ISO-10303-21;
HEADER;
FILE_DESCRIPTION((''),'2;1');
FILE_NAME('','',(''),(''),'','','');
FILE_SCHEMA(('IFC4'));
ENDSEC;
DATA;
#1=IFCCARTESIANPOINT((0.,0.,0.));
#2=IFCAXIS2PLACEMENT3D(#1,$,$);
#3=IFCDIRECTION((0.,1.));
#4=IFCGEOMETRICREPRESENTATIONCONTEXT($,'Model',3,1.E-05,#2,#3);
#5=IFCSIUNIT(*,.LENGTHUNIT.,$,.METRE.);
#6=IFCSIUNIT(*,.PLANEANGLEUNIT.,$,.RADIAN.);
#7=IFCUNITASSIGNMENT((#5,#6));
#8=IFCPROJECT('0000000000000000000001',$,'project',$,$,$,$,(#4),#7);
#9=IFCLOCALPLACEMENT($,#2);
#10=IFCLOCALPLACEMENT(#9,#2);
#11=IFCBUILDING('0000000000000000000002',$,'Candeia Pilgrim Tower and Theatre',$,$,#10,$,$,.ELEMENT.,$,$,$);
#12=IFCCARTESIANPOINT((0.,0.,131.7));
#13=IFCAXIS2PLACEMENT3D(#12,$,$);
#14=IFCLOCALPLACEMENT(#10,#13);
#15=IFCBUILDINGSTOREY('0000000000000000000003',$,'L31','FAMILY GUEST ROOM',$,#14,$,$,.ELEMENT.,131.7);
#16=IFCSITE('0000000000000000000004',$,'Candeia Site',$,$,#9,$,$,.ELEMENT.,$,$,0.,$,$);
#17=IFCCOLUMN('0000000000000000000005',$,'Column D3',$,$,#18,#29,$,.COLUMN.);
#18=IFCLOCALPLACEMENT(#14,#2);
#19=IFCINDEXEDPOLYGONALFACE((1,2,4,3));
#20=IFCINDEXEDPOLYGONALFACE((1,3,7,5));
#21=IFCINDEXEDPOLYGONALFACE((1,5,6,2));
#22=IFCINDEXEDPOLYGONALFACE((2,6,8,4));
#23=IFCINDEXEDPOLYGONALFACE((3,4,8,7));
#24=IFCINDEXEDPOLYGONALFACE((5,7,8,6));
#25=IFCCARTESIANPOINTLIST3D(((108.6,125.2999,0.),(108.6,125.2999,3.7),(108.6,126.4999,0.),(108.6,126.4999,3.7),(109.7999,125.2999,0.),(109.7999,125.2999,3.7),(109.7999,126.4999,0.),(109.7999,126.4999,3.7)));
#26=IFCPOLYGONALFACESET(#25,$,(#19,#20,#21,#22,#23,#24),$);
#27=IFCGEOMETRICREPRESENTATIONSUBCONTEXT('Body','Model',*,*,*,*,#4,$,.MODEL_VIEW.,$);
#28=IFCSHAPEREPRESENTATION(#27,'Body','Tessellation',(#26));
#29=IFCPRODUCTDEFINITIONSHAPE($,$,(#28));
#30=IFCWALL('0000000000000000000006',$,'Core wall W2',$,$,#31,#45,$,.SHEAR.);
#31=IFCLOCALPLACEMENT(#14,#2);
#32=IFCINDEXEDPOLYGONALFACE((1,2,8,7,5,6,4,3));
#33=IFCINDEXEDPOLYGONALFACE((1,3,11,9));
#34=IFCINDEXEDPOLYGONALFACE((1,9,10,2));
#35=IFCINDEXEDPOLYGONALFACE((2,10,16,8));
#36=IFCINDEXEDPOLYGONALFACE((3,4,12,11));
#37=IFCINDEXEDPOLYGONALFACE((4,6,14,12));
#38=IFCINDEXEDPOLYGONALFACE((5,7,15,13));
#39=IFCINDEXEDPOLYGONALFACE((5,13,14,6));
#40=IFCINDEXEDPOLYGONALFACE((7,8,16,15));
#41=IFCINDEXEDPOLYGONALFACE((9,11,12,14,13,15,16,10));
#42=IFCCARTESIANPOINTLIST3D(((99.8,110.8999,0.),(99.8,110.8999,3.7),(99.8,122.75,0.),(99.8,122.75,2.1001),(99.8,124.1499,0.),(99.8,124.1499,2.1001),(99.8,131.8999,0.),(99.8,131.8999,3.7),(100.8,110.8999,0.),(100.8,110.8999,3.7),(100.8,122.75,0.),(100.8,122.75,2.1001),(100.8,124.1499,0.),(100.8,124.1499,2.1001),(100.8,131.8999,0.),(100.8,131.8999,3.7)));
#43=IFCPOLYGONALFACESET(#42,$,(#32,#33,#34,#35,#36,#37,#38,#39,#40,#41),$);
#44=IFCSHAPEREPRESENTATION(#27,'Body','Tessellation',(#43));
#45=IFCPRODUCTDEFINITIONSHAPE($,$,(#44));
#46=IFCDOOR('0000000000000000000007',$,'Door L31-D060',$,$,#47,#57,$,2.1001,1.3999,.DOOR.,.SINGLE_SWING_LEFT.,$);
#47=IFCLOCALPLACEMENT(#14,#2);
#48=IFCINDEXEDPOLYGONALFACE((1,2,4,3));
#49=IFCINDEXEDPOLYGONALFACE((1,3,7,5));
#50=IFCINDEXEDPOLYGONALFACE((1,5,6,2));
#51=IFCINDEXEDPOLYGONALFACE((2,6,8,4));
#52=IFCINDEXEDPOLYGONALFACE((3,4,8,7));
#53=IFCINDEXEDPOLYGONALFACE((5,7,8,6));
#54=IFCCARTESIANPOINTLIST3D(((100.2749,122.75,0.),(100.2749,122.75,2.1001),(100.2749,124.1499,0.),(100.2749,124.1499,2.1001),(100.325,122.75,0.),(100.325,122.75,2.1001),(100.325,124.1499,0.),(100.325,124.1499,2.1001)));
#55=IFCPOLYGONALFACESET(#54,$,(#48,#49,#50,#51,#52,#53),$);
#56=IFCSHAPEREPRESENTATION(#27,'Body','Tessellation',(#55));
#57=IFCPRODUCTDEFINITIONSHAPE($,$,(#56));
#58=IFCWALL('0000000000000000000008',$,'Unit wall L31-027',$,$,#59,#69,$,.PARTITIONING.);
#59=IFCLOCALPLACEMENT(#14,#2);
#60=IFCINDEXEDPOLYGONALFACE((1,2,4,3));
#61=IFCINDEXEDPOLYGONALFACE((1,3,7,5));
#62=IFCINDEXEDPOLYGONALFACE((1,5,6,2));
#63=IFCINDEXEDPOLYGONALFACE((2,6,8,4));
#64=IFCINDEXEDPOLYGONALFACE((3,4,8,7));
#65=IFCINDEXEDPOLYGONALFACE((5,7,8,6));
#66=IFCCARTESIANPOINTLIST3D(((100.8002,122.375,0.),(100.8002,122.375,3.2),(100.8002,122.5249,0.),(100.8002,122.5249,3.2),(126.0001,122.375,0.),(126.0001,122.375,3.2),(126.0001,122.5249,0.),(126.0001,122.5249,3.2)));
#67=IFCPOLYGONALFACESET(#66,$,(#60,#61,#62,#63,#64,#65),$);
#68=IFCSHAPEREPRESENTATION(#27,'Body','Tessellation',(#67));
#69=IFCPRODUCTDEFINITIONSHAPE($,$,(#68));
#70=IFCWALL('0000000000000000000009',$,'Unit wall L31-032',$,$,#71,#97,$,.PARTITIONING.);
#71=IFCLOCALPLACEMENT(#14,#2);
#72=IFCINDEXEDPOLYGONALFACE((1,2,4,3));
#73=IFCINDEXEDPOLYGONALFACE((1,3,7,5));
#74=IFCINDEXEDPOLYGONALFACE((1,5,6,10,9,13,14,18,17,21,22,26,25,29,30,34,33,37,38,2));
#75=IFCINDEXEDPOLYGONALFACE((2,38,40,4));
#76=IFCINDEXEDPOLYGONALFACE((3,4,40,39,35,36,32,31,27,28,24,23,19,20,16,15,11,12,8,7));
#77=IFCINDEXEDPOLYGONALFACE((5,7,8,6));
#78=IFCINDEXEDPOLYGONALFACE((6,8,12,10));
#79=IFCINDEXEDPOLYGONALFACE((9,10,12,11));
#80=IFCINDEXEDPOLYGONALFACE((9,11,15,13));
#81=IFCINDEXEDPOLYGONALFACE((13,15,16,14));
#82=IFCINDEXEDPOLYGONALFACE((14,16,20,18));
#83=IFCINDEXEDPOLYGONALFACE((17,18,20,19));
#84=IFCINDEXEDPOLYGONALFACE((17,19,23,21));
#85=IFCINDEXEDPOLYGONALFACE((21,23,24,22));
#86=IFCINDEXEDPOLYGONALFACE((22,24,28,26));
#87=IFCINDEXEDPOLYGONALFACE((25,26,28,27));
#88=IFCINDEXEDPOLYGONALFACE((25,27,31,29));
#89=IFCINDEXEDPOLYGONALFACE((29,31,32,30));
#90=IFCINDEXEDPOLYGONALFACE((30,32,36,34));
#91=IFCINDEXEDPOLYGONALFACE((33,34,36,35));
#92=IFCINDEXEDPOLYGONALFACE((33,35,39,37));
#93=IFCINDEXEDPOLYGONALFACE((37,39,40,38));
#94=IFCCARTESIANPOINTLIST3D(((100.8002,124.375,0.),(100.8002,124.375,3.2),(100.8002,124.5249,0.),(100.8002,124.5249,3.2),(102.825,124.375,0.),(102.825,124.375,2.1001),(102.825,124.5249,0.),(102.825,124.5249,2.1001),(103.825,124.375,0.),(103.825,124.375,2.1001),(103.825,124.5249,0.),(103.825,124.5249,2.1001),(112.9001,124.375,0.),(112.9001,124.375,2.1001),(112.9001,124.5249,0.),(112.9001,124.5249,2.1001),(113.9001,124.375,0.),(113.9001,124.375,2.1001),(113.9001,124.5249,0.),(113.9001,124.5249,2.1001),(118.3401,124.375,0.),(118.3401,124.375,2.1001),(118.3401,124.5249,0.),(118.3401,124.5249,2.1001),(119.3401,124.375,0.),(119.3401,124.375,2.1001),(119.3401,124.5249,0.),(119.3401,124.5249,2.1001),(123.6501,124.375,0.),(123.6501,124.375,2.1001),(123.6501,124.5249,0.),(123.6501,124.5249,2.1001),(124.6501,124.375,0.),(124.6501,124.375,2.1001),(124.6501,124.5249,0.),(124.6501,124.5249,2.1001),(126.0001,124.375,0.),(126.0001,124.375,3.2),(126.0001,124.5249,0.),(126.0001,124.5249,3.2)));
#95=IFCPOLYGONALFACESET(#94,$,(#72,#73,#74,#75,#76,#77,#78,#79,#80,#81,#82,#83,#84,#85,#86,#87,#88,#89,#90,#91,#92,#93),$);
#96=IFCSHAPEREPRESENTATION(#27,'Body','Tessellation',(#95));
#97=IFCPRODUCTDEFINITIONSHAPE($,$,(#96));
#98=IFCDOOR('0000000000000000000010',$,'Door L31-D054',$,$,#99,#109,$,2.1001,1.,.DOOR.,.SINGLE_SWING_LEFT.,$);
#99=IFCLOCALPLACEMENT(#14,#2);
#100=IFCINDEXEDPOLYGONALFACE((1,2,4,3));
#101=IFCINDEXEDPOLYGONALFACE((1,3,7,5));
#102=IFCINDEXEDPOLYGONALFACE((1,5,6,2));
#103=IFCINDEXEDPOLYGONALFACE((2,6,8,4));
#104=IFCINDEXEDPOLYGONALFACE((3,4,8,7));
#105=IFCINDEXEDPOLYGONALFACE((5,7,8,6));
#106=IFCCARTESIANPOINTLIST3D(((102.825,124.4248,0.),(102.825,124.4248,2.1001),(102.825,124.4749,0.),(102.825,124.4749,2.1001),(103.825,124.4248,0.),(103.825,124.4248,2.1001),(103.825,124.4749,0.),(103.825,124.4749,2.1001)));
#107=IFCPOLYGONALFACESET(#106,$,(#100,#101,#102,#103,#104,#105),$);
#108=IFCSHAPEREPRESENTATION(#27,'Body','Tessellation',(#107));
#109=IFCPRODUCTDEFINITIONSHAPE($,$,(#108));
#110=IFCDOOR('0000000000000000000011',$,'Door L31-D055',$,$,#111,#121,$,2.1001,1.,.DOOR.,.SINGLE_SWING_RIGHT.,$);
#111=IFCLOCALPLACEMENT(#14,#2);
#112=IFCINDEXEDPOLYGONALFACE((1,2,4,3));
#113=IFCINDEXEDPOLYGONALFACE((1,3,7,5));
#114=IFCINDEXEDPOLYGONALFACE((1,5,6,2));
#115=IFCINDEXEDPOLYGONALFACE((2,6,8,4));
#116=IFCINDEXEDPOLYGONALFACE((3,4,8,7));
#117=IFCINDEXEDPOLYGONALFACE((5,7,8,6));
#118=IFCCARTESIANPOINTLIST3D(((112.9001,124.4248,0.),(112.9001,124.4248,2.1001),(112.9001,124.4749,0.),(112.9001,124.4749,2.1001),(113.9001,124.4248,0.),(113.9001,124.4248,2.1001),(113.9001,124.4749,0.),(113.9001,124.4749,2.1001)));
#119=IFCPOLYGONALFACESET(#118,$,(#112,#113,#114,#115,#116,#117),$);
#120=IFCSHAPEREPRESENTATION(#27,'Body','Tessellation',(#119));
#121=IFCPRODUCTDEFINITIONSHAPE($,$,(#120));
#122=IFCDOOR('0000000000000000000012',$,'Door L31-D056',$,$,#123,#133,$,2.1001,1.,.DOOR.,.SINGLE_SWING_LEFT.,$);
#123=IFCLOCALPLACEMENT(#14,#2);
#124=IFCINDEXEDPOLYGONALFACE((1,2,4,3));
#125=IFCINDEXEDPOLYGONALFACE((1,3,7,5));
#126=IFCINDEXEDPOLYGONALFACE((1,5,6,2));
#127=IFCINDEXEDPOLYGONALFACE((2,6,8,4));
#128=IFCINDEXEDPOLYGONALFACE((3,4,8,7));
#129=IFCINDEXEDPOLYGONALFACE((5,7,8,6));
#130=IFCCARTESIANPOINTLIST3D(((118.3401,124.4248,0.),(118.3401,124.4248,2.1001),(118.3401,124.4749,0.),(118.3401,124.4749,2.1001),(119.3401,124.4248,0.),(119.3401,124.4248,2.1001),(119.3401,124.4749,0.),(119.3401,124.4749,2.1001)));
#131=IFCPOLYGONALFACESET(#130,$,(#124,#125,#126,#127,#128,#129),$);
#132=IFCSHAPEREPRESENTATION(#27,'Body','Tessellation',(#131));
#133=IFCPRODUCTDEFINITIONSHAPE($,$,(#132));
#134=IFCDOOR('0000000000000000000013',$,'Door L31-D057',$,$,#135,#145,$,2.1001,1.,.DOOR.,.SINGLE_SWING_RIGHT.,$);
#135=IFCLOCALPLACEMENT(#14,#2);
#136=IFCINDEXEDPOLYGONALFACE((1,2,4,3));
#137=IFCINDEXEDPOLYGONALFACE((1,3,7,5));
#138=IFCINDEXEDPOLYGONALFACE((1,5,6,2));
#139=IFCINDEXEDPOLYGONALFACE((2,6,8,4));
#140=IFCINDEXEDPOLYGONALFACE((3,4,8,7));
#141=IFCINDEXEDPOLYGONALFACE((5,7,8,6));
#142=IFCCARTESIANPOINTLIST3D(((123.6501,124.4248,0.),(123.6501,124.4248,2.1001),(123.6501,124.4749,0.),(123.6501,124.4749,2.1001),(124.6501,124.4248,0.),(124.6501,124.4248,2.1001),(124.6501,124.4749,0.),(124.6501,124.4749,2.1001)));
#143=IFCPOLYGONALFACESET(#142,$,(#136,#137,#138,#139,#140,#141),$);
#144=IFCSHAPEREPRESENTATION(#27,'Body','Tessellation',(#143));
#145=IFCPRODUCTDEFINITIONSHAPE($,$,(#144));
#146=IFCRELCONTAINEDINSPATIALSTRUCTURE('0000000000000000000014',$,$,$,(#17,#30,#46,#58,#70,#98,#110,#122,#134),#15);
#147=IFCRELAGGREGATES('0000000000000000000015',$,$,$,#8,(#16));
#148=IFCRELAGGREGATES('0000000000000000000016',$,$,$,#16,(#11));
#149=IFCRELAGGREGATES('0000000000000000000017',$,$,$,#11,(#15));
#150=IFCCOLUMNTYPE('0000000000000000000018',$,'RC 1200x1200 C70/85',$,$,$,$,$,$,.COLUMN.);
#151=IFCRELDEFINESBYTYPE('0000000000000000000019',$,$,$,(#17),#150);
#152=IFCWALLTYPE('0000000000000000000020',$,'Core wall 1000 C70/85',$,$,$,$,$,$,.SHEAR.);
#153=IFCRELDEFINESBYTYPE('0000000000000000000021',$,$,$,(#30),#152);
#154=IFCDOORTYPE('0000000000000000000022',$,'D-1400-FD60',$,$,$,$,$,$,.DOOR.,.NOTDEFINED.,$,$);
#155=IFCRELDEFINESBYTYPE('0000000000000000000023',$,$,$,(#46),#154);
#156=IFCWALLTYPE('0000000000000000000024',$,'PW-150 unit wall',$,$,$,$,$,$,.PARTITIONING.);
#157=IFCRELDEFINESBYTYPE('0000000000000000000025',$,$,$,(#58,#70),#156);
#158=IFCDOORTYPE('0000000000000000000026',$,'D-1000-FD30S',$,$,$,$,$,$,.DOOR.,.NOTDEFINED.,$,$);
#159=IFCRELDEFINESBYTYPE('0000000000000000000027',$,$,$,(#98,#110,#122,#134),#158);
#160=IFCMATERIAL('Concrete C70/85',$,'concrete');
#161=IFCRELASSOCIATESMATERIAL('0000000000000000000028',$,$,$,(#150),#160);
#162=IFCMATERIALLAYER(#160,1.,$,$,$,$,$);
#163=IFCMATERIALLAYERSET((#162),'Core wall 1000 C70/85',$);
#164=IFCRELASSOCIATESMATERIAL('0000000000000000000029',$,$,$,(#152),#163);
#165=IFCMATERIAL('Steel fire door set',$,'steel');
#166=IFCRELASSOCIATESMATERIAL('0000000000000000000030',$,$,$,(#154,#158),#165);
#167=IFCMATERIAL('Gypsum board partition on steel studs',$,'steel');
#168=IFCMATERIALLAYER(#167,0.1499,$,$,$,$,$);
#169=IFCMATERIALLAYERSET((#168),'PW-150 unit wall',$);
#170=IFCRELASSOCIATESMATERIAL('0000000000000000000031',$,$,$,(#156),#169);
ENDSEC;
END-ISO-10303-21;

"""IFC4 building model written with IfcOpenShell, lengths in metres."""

from ifc_helpers import new_model, si_unit, direction, frame, frame_2d, origin, origin_2d, place, context, subcontext, project, spatial, rectangle, extrude, material, layer, layer_set, material_profile, profile_set, type_object, element, fill, save


model = new_model("IFC4")

# Units and contexts
model_context = context("Model", 3, precision=1e-05, world=origin(), true_north=direction((0.0, 1.0)))
body_context = subcontext(model_context, "Body", "Model", "MODEL_VIEW")
ifc_project = project(units=[si_unit("LENGTHUNIT", "METRE"), si_unit("PLANEANGLEUNIT", "RADIAN")], contexts=[model_context])

# Site, building, storey
site_placement = place(None, origin())
site = spatial("IfcSite", under=ifc_project, at=site_placement, Name="Candeia Site", CompositionType="ELEMENT", RefElevation=0.0)
building_placement = place(site_placement, origin())
building = spatial("IfcBuilding", under=site, at=building_placement, Name="Candeia Pilgrim Tower and Theatre", CompositionType="ELEMENT")
storey_placement = place(building_placement, frame((0.0, 0.0, 131.7)))
storey = spatial("IfcBuildingStorey", under=building, at=storey_placement, Name="L31", Description="FAMILY GUEST ROOM", CompositionType="ELEMENT", Elevation=131.7)

# Column
ifc_material_1 = material(Name="Concrete C70/85", Category="concrete")
ifc_material_profile = material_profile(ifc_material_1, rectangle(XDim=1.2, YDim=1.2, at=origin_2d()))
ifc_profile_set = profile_set([ifc_material_profile], Name="Concrete C70/85")
column_type = type_object("IfcColumnType", Name="RC 1200x1200 C70/85", PredefinedType="COLUMN", material=ifc_profile_set)
column_placement = place(storey_placement, frame((109.2, 125.8999, 0.0), z_axis=(0.0, 0.0, 1.0), x_axis=(1.0, 0.0, 0.0)))
element("IfcColumn", 1, at=column_placement, inside=storey, type_object=column_type, Name="Column D3", PredefinedType="COLUMN", context=body_context, shape_type="SweptSolid", body=[
    extrude(rectangle(XDim=1.2, YDim=1.2, at=origin_2d()), origin(), (0.0, 0.0, 1.0), 3.7),
])

# Wall, opening, door
ifc_layer_1 = layer(ifc_material_1, 1.0)
ifc_layer_set_1 = layer_set([ifc_layer_1], Name="Core wall 1000 C70/85")
wall_type_1 = type_object("IfcWallType", Name="Core wall 1000 C70/85", PredefinedType="SHEAR", material=ifc_layer_set_1)
wall_1_placement = place(storey_placement, frame((100.3, 131.8999, 0.0), z_axis=(0.0, 0.0, 1.0), x_axis=(0.0, -1.0, 0.0)))
wall_1 = element("IfcWall", 2, at=wall_1_placement, inside=storey, type_object=wall_type_1, Name="Core wall W2", PredefinedType="SHEAR", context=body_context, shape_type="SweptSolid", body=[
    extrude(rectangle(XDim=21.0, YDim=1.0, at=frame_2d((10.5, 0.0))), origin(), (0.0, 0.0, 1.0), 3.7),
])
opening_1_placement = place(wall_1_placement, frame((7.75, 0.0, 0.0)))
opening_1 = element("IfcOpeningElement", 3, at=opening_1_placement, cuts=wall_1, PredefinedType="OPENING", context=body_context, shape_type="SweptSolid", body=[
    extrude(rectangle(XDim=1.3999, YDim=2.1001, at=frame_2d((0.7, 1.05))), frame((0.0, 0.51, 0.0), z_axis=(0.0, -1.0, 0.0), x_axis=(1.0, 0.0, 0.0)), (0.0, 0.0, 1.0), 1.02),
])
ifc_material_2 = material(Name="Steel fire door set", Category="steel")
door_type_1 = type_object("IfcDoorType", Name="D-1400-FD60", OperationType="NOTDEFINED", PredefinedType="DOOR", material=ifc_material_2)
door_1_placement = place(opening_1_placement, origin())
door_1 = element("IfcDoor", 4, at=door_1_placement, inside=storey, type_object=door_type_1, Name="Door L31-D060", OperationType="SINGLE_SWING_LEFT", OverallHeight=2.1001, OverallWidth=1.3999, PredefinedType="DOOR", context=body_context, shape_type="SweptSolid", body=[
    extrude(rectangle(XDim=1.3999, YDim=2.1001, at=frame_2d((0.7, 1.05))), frame((0.0, 0.0249, 0.0), z_axis=(0.0, -1.0, 0.0), x_axis=(1.0, 0.0, 0.0)), (0.0, 0.0, 1.0), 0.05),
])
fill(opening_1, door_1)

# Wall
ifc_material_3 = material(Name="Gypsum board partition on steel studs", Category="steel")
ifc_layer_2 = layer(ifc_material_3, 0.1499)
ifc_layer_set_2 = layer_set([ifc_layer_2], Name="PW-150 unit wall")
wall_type_2 = type_object("IfcWallType", Name="PW-150 unit wall", PredefinedType="PARTITIONING", material=ifc_layer_set_2)
wall_2_placement = place(storey_placement, frame((100.8, 122.45, 0.0), z_axis=(0.0, 0.0, 1.0), x_axis=(1.0, 0.0, 0.0)))
element("IfcWall", 5, at=wall_2_placement, inside=storey, type_object=wall_type_2, Name="Unit wall L31-027", PredefinedType="PARTITIONING", context=body_context, shape_type="SweptSolid", body=[
    extrude(rectangle(XDim=25.2, YDim=0.1499, at=frame_2d((12.6001, 0.0))), origin(), (0.0, 0.0, 1.0), 3.2),
])

# Wall, openings, doors
wall_3_placement = place(storey_placement, frame((100.8, 124.45, 0.0), z_axis=(0.0, 0.0, 1.0), x_axis=(1.0, 0.0, 0.0)))
wall_3 = element("IfcWall", 6, at=wall_3_placement, inside=storey, type_object=wall_type_2, Name="Unit wall L31-032", PredefinedType="PARTITIONING", context=body_context, shape_type="SweptSolid", body=[
    extrude(rectangle(XDim=25.2, YDim=0.1499, at=frame_2d((12.6001, 0.0))), origin(), (0.0, 0.0, 1.0), 3.2),
])
opening_2_placement = place(wall_3_placement, frame((2.0249, 0.0, 0.0)))
opening_2 = element("IfcOpeningElement", 7, at=opening_2_placement, cuts=wall_3, PredefinedType="OPENING", context=body_context, shape_type="SweptSolid", body=[
    extrude(rectangle(XDim=1.0, YDim=2.1001, at=frame_2d((0.5, 1.05))), frame((0.0, 0.085, 0.0), z_axis=(0.0, -1.0, 0.0), x_axis=(1.0, 0.0, 0.0)), (0.0, 0.0, 1.0), 0.1699),
])
opening_3_placement = place(wall_3_placement, frame((12.1001, 0.0, 0.0)))
opening_3 = element("IfcOpeningElement", 8, at=opening_3_placement, cuts=wall_3, PredefinedType="OPENING", context=body_context, shape_type="SweptSolid", body=[
    extrude(rectangle(XDim=1.0, YDim=2.1001, at=frame_2d((0.5, 1.05))), frame((0.0, 0.085, 0.0), z_axis=(0.0, -1.0, 0.0), x_axis=(1.0, 0.0, 0.0)), (0.0, 0.0, 1.0), 0.1699),
])
opening_4_placement = place(wall_3_placement, frame((17.54, 0.0, 0.0)))
opening_4 = element("IfcOpeningElement", 9, at=opening_4_placement, cuts=wall_3, PredefinedType="OPENING", context=body_context, shape_type="SweptSolid", body=[
    extrude(rectangle(XDim=1.0, YDim=2.1001, at=frame_2d((0.5, 1.05))), frame((0.0, 0.085, 0.0), z_axis=(0.0, -1.0, 0.0), x_axis=(1.0, 0.0, 0.0)), (0.0, 0.0, 1.0), 0.1699),
])
opening_5_placement = place(wall_3_placement, frame((22.8501, 0.0, 0.0)))
opening_5 = element("IfcOpeningElement", 10, at=opening_5_placement, cuts=wall_3, PredefinedType="OPENING", context=body_context, shape_type="SweptSolid", body=[
    extrude(rectangle(XDim=1.0, YDim=2.1001, at=frame_2d((0.5, 1.05))), frame((0.0, 0.085, 0.0), z_axis=(0.0, -1.0, 0.0), x_axis=(1.0, 0.0, 0.0)), (0.0, 0.0, 1.0), 0.1699),
])
door_type_2 = type_object("IfcDoorType", Name="D-1000-FD30S", OperationType="NOTDEFINED", PredefinedType="DOOR", material=ifc_material_2)
door_2_placement = place(opening_2_placement, origin())
door_2 = element("IfcDoor", 11, at=door_2_placement, inside=storey, type_object=door_type_2, Name="Door L31-D054", OperationType="SINGLE_SWING_LEFT", OverallHeight=2.1001, OverallWidth=1.0, PredefinedType="DOOR", context=body_context, shape_type="SweptSolid", body=[
    extrude(rectangle(XDim=1.0, YDim=2.1001, at=frame_2d((0.5, 1.05))), frame((0.0, 0.0249, 0.0), z_axis=(0.0, -1.0, 0.0), x_axis=(1.0, 0.0, 0.0)), (0.0, 0.0, 1.0), 0.05),
])
fill(opening_2, door_2)
door_3_placement = place(opening_3_placement, origin())
door_3 = element("IfcDoor", 12, at=door_3_placement, inside=storey, type_object=door_type_2, Name="Door L31-D055", OperationType="SINGLE_SWING_RIGHT", OverallHeight=2.1001, OverallWidth=1.0, PredefinedType="DOOR", context=body_context, shape_type="SweptSolid", body=[
    extrude(rectangle(XDim=1.0, YDim=2.1001, at=frame_2d((0.5, 1.05))), frame((0.0, 0.0249, 0.0), z_axis=(0.0, -1.0, 0.0), x_axis=(1.0, 0.0, 0.0)), (0.0, 0.0, 1.0), 0.05),
])
fill(opening_3, door_3)
door_4_placement = place(opening_4_placement, origin())
door_4 = element("IfcDoor", 13, at=door_4_placement, inside=storey, type_object=door_type_2, Name="Door L31-D056", OperationType="SINGLE_SWING_LEFT", OverallHeight=2.1001, OverallWidth=1.0, PredefinedType="DOOR", context=body_context, shape_type="SweptSolid", body=[
    extrude(rectangle(XDim=1.0, YDim=2.1001, at=frame_2d((0.5, 1.05))), frame((0.0, 0.0249, 0.0), z_axis=(0.0, -1.0, 0.0), x_axis=(1.0, 0.0, 0.0)), (0.0, 0.0, 1.0), 0.05),
])
fill(opening_4, door_4)
door_5_placement = place(opening_5_placement, origin())
door_5 = element("IfcDoor", 14, at=door_5_placement, inside=storey, type_object=door_type_2, Name="Door L31-D057", OperationType="SINGLE_SWING_RIGHT", OverallHeight=2.1001, OverallWidth=1.0, PredefinedType="DOOR", context=body_context, shape_type="SweptSolid", body=[
    extrude(rectangle(XDim=1.0, YDim=2.1001, at=frame_2d((0.5, 1.05))), frame((0.0, 0.0249, 0.0), z_axis=(0.0, -1.0, 0.0), x_axis=(1.0, 0.0, 0.0)), (0.0, 0.0, 1.0), 0.05),
])
fill(opening_5, door_5)

save(model, "model.ifc")
